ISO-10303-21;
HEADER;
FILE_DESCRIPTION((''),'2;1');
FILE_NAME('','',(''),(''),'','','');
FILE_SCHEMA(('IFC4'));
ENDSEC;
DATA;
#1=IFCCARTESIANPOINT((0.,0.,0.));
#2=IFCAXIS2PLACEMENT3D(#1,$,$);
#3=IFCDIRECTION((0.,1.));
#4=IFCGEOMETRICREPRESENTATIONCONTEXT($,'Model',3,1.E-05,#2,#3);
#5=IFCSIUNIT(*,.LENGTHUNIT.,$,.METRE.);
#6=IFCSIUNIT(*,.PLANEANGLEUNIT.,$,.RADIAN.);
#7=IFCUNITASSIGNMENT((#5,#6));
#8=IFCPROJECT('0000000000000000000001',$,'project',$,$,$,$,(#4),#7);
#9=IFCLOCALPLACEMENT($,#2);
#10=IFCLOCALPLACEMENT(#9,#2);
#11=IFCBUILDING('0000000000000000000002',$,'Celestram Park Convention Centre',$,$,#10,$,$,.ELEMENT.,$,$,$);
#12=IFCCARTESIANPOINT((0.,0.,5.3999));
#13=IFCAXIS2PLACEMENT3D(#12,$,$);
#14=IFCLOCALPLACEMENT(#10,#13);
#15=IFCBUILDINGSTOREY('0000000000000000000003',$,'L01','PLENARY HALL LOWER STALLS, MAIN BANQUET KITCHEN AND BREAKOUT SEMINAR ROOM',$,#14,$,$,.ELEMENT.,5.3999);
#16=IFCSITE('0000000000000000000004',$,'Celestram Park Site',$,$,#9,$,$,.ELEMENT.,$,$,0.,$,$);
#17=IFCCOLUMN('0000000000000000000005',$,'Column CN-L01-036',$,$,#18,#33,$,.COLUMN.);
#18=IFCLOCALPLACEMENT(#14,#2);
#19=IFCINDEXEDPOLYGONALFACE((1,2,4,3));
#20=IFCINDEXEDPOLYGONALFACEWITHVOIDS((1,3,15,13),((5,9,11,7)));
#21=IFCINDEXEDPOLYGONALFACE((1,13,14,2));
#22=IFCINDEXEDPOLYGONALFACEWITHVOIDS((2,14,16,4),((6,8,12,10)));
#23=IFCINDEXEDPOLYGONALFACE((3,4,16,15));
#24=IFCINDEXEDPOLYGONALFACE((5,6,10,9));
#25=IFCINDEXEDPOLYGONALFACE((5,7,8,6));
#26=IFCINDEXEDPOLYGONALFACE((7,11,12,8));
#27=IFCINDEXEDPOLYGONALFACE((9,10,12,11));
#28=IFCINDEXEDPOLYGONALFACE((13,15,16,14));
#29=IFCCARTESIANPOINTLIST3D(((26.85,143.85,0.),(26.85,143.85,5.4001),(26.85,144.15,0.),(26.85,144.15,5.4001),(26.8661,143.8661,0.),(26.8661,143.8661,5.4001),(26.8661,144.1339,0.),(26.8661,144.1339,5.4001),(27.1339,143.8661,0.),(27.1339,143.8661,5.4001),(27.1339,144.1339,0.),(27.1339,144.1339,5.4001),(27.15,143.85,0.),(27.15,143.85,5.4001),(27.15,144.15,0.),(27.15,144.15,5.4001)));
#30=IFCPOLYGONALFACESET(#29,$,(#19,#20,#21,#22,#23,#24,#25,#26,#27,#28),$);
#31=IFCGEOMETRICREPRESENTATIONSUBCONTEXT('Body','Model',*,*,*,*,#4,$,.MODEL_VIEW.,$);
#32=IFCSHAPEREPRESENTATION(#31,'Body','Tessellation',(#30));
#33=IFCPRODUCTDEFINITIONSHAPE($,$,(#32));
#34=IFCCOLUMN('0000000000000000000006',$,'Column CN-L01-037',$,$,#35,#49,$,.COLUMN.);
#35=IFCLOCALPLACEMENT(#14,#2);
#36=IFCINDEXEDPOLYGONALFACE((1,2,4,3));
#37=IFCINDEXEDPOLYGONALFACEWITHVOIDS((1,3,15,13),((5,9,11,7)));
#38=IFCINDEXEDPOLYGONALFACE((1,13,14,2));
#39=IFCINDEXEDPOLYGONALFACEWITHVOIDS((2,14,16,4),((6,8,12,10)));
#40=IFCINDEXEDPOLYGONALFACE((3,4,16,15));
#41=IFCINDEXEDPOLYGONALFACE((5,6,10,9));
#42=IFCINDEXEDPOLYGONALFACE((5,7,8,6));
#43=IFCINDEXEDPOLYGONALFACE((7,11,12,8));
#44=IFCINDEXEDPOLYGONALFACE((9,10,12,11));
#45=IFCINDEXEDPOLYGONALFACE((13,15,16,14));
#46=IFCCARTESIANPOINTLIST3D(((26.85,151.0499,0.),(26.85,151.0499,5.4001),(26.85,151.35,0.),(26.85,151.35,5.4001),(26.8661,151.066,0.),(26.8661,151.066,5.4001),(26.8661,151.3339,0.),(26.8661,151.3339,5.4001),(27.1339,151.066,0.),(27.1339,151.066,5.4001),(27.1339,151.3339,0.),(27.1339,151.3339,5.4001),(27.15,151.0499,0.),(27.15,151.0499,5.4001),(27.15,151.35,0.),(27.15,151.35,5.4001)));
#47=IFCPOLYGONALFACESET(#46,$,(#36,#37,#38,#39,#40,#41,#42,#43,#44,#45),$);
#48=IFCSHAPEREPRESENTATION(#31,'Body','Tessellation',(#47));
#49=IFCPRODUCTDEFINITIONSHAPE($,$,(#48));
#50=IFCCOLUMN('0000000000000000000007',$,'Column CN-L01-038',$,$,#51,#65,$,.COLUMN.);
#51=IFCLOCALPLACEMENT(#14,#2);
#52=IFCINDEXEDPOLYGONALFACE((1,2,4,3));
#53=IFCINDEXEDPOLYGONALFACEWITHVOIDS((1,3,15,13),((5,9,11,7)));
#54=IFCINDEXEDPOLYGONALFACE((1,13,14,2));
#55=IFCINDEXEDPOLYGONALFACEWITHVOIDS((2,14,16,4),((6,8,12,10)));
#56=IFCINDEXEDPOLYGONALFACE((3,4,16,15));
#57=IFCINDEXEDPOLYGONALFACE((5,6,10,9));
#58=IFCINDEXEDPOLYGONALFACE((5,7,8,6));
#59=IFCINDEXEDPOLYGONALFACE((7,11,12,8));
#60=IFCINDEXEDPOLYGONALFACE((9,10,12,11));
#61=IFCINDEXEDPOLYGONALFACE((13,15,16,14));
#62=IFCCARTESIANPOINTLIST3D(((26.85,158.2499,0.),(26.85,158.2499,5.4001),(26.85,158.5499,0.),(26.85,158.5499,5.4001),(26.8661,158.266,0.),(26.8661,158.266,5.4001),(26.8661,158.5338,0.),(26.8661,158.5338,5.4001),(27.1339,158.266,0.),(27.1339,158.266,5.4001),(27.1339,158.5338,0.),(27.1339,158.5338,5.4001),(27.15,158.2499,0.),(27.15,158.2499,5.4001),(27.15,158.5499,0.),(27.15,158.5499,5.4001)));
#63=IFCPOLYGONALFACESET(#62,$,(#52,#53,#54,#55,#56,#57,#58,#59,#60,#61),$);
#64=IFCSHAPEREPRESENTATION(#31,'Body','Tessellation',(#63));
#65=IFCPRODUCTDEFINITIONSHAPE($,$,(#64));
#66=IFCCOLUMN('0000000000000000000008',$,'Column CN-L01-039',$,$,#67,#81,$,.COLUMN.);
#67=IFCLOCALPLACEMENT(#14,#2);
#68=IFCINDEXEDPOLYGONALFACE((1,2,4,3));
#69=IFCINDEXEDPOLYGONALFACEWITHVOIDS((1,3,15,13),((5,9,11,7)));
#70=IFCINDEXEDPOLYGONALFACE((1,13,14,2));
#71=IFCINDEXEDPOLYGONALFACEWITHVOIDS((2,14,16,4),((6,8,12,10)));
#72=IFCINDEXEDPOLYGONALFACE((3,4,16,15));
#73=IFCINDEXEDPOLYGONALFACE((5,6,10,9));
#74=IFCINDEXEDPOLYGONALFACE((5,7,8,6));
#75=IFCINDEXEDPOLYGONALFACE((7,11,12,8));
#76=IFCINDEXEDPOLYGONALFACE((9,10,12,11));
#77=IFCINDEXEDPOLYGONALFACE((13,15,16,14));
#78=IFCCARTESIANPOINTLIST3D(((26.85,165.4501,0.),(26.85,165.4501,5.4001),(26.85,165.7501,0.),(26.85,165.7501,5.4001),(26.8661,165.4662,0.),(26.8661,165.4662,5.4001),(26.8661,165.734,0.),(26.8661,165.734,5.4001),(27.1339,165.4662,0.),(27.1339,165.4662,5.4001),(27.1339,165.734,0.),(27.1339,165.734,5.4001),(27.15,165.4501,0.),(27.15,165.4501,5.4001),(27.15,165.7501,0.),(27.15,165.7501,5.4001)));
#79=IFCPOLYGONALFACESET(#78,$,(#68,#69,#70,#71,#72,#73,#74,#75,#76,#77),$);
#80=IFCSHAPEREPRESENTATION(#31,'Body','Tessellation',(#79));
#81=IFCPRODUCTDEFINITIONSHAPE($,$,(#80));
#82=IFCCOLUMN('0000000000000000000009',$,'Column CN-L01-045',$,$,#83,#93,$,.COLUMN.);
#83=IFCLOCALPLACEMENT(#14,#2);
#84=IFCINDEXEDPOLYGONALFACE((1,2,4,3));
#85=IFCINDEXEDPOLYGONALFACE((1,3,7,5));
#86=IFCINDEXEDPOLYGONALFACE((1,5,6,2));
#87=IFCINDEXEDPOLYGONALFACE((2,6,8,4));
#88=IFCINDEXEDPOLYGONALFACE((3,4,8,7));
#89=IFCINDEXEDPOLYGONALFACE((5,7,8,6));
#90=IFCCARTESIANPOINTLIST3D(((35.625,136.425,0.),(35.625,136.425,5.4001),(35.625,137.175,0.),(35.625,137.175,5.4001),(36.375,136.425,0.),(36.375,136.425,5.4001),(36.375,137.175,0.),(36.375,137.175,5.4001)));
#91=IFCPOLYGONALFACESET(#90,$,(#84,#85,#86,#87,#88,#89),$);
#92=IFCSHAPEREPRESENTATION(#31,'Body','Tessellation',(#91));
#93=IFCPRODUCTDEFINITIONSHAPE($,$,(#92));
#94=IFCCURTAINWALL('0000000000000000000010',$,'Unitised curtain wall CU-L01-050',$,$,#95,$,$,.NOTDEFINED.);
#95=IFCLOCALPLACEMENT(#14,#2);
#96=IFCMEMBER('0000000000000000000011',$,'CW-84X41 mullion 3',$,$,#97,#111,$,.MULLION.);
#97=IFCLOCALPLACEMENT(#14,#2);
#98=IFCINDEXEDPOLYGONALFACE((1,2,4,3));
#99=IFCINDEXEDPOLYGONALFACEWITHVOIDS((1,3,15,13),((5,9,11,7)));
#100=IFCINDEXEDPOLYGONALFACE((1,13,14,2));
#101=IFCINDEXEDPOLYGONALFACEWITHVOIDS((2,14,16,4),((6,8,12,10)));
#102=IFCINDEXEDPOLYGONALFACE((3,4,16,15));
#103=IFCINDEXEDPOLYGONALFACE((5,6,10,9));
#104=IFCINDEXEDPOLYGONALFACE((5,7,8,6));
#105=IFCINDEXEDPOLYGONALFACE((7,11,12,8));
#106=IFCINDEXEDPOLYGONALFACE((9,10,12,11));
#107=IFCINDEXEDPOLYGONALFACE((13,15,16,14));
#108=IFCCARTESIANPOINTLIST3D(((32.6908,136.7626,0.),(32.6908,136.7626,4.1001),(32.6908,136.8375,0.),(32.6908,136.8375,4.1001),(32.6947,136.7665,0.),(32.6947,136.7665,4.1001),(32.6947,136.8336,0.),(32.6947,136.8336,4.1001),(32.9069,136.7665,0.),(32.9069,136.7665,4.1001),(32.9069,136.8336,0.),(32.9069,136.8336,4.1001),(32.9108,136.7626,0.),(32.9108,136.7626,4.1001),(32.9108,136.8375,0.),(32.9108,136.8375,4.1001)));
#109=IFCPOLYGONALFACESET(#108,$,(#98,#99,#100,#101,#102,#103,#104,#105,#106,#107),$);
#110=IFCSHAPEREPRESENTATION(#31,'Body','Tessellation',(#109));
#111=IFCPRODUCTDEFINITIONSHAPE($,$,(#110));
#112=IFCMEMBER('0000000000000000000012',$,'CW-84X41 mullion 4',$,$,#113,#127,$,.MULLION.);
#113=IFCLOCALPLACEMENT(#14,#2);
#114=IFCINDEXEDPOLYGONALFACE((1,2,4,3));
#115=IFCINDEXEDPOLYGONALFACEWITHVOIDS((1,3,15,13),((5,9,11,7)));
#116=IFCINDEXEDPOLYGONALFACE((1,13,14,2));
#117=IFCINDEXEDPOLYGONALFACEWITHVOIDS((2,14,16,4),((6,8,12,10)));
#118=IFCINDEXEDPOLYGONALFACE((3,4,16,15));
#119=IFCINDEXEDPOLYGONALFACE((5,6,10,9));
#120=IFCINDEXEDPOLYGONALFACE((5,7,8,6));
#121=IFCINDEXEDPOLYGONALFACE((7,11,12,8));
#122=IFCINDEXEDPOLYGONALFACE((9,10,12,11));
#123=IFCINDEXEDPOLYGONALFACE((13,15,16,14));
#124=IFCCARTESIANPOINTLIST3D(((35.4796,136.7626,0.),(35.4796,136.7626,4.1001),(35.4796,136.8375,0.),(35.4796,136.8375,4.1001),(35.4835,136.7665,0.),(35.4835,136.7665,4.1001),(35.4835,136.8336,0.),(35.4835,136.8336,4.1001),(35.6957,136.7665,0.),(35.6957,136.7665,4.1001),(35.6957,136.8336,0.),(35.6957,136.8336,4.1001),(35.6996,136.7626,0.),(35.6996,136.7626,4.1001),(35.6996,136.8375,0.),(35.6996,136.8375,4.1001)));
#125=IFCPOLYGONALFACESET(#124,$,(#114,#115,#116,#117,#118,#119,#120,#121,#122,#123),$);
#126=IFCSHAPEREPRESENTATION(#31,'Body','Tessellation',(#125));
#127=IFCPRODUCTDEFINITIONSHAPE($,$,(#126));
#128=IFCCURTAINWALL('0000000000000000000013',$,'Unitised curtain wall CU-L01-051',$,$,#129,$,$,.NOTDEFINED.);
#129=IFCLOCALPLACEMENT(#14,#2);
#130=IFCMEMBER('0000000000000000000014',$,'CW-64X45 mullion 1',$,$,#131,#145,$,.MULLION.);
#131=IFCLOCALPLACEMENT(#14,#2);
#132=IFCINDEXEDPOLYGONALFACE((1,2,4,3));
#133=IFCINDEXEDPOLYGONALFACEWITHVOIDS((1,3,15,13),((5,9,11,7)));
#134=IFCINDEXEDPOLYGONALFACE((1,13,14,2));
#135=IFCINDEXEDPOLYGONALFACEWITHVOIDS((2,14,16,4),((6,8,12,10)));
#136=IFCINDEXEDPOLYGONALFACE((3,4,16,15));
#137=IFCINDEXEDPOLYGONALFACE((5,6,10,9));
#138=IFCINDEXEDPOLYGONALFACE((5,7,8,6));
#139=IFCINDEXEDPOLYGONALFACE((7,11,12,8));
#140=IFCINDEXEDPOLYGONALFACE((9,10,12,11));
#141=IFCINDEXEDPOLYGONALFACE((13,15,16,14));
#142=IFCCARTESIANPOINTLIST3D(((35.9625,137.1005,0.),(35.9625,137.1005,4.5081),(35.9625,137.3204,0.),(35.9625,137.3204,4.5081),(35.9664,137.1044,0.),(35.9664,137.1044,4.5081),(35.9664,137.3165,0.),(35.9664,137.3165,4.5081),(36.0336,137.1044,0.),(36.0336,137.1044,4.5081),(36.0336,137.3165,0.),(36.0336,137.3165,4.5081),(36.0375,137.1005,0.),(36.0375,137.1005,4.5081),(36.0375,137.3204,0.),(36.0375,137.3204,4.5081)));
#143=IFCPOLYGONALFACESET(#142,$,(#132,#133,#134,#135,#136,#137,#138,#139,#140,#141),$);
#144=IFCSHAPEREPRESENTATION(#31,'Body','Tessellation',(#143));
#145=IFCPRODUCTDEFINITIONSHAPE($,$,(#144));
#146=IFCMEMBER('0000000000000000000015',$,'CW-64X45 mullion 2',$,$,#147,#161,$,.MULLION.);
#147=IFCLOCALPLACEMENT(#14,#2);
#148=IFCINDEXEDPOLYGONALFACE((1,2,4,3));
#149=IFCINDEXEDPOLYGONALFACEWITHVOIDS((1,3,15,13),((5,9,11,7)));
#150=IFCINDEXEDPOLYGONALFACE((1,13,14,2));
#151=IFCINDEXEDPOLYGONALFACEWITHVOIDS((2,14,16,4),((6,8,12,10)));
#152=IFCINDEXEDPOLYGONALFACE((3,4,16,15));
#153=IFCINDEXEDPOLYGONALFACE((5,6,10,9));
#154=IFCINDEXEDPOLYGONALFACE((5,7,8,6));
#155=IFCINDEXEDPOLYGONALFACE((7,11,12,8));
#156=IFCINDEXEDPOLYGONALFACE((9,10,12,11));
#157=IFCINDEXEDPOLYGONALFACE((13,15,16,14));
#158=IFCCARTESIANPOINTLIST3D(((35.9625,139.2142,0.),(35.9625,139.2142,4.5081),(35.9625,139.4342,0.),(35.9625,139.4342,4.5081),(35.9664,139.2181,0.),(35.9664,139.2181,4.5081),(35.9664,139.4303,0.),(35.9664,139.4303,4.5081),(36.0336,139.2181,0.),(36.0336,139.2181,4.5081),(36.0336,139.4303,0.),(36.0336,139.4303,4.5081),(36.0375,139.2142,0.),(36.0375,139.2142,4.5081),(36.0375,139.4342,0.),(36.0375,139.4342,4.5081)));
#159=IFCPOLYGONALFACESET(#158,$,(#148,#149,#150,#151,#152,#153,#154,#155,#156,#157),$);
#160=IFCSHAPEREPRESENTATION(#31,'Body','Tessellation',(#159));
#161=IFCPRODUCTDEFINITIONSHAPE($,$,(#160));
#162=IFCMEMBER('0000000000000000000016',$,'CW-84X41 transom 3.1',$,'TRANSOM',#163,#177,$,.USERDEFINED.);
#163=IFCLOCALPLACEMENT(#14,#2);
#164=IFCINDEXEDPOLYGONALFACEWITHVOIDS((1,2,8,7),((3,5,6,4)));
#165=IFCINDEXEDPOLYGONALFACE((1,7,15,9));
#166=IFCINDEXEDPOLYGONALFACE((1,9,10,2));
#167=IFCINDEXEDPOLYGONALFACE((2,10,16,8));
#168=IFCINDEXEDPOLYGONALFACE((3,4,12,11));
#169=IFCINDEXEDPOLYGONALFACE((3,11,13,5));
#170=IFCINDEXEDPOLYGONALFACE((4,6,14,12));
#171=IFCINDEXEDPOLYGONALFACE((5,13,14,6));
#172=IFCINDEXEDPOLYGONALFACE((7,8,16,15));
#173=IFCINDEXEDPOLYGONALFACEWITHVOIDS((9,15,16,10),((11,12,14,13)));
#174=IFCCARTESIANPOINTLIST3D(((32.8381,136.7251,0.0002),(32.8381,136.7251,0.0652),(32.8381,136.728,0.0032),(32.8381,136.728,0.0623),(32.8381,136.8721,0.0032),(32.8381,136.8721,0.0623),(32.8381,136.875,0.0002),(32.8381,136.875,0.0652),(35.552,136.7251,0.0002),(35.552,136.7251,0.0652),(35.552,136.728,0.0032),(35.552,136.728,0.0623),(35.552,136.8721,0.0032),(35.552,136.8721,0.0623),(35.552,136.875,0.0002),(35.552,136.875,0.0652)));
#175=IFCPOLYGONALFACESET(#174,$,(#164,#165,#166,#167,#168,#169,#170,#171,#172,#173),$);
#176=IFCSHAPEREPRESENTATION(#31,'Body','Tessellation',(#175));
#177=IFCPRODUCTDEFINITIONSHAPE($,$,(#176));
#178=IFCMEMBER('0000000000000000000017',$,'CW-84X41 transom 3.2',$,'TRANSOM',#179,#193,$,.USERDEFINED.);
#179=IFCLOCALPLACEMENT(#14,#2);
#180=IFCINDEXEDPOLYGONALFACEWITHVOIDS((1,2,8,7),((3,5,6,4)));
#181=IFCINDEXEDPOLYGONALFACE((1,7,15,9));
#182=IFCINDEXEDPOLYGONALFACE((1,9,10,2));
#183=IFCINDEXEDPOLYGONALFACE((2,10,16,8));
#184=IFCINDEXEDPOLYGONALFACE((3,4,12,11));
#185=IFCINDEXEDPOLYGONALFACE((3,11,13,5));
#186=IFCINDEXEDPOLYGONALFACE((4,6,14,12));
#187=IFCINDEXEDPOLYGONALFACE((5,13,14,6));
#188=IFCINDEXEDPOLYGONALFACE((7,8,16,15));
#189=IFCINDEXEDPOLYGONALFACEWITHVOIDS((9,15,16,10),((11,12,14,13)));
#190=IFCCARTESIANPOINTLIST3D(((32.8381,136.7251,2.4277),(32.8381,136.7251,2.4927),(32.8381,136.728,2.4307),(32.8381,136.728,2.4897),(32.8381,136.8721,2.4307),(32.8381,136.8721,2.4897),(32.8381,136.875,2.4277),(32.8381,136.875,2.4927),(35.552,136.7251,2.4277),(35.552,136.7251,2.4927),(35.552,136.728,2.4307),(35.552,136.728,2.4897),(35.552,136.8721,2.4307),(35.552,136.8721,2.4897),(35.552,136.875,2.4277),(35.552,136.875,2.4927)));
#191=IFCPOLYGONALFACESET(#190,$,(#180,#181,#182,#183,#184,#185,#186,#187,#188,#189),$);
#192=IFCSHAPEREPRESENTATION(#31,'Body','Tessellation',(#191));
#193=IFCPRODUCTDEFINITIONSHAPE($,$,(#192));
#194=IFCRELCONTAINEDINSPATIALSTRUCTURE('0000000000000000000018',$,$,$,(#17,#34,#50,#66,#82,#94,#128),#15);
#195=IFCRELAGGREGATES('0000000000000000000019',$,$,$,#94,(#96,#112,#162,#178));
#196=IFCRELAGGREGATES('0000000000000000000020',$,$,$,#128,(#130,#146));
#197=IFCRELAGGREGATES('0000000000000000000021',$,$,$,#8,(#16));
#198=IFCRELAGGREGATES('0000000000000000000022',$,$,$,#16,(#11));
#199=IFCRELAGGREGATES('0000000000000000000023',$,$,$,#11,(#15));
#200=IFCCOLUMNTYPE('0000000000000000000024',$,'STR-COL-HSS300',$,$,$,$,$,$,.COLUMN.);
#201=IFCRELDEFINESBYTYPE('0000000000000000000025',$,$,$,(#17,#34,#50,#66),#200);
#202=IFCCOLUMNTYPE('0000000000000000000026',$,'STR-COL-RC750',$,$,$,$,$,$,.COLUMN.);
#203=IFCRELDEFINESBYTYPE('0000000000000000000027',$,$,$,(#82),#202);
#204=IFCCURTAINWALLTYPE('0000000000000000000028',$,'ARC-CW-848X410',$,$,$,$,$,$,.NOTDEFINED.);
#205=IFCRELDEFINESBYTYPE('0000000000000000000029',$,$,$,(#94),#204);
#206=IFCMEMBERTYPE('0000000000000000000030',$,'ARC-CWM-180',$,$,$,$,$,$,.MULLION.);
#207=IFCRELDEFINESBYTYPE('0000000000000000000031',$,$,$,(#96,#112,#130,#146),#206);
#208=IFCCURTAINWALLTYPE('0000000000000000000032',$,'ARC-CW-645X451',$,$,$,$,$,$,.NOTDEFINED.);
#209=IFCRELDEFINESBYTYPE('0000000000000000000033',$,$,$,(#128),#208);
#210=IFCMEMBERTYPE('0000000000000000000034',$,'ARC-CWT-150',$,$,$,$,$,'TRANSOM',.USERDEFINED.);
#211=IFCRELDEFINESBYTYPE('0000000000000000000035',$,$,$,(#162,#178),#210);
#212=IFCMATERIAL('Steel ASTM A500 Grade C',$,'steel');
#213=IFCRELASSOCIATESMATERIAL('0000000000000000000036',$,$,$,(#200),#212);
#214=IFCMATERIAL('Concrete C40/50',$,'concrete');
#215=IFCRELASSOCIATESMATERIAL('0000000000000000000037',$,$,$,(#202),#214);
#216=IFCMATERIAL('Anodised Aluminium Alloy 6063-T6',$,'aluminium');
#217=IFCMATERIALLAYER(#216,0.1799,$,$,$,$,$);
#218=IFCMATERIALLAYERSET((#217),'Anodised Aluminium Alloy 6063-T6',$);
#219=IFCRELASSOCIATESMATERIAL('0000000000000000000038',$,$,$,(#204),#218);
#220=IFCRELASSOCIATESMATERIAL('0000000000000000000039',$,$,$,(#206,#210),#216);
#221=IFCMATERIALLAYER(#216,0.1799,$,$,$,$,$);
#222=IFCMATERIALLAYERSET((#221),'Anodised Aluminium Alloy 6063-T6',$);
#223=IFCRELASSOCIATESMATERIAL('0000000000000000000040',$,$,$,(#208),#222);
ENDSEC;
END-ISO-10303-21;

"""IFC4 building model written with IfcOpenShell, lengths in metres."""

from ifc_helpers import new_model, si_unit, direction, frame, origin, origin_2d, place, context, subcontext, project, spatial, rectangle, hollow_rectangle, extrude, material, layer, layer_set, material_profile, profile_set, type_object, element, aggregate, save


model = new_model("IFC4")

# Units and contexts
model_context = context("Model", 3, precision=1e-05, world=origin(), true_north=direction((0.0, 1.0)))
body_context = subcontext(model_context, "Body", "Model", "MODEL_VIEW")
ifc_project = project(units=[si_unit("LENGTHUNIT", "METRE"), si_unit("PLANEANGLEUNIT", "RADIAN")], contexts=[model_context])

# Site, building, storey
site_placement = place(None, origin())
site = spatial("IfcSite", under=ifc_project, at=site_placement, Name="Celestram Park Site", CompositionType="ELEMENT", RefElevation=0.0)
building_placement = place(site_placement, origin())
building = spatial("IfcBuilding", under=site, at=building_placement, Name="Celestram Park Convention Centre", CompositionType="ELEMENT")
storey_placement = place(building_placement, frame((0.0, 0.0, 5.3999)))
storey = spatial("IfcBuildingStorey", under=building, at=storey_placement, Name="L01", Description="PLENARY HALL LOWER STALLS, MAIN BANQUET KITCHEN AND BREAKOUT SEMINAR ROOM", CompositionType="ELEMENT", Elevation=5.3999)

# Columns
ifc_material_1 = material(Name="Steel ASTM A500 Grade C", Category="steel")
ifc_material_profile_1 = material_profile(ifc_material_1, hollow_rectangle(XDim=0.3, YDim=0.3, WallThickness=0.0161, at=origin_2d()), Name="HSS300X300X16")
ifc_profile_set_1 = profile_set([ifc_material_profile_1], Name="Steel ASTM A500 Grade C")
column_type_1 = type_object("IfcColumnType", Name="STR-COL-HSS300", PredefinedType="COLUMN", material=ifc_profile_set_1)
for number, where, z_axis, x_axis, name in (
    (1, (27.0, 144.0, 0.0), (0.0, 0.0, 1.0), (1.0, 0.0, 0.0), "Column CN-L01-036"),
    (2, (27.0, 151.2, 0.0), (0.0, 0.0, 1.0), (1.0, 0.0, 0.0), "Column CN-L01-037"),
    (3, (27.0, 158.3999, 0.0), (0.0, 0.0, 1.0), (1.0, 0.0, 0.0), "Column CN-L01-038"),
    (4, (27.0, 165.6001, 0.0), (0.0, 0.0, 1.0), (1.0, 0.0, 0.0), "Column CN-L01-039"),
):
    element("IfcColumn", number, at=place(storey_placement, frame(where, z_axis=z_axis, x_axis=x_axis)), inside=storey, type_object=column_type_1, Name=name, PredefinedType="COLUMN", context=body_context, shape_type="SweptSolid", body=[
        extrude(hollow_rectangle(XDim=0.3, YDim=0.3, WallThickness=0.0161, at=origin_2d()), origin(), (0.0, 0.0, 1.0), 5.4001),
    ])
ifc_material_2 = material(Name="Concrete C40/50", Category="concrete")
ifc_material_profile_2 = material_profile(ifc_material_2, rectangle(XDim=0.75, YDim=0.75, at=origin_2d()), Name="RC750X750")
ifc_profile_set_2 = profile_set([ifc_material_profile_2], Name="Concrete C40/50")
column_type_2 = type_object("IfcColumnType", Name="STR-COL-RC750", PredefinedType="COLUMN", material=ifc_profile_set_2)
column_placement = place(storey_placement, frame((36.0, 136.8, 0.0), z_axis=(0.0, 0.0, 1.0), x_axis=(1.0, 0.0, 0.0)))
element("IfcColumn", 5, at=column_placement, inside=storey, type_object=column_type_2, Name="Column CN-L01-045", PredefinedType="COLUMN", context=body_context, shape_type="SweptSolid", body=[
    extrude(rectangle(XDim=0.75, YDim=0.75, at=origin_2d()), origin(), (0.0, 0.0, 1.0), 5.4001),
])

# Curtain walls, members
ifc_material_3 = material(Name="Anodised Aluminium Alloy 6063-T6", Category="aluminium")
ifc_layer_1 = layer(ifc_material_3, 0.1799)
ifc_layer_set_1 = layer_set([ifc_layer_1], Name="Anodised Aluminium Alloy 6063-T6")
curtain_wall_type_1 = type_object("IfcCurtainWallType", Name="ARC-CW-848X410", PredefinedType="NOTDEFINED", material=ifc_layer_set_1)
curtain_wall_1_placement = place(storey_placement, origin())
curtain_wall_1 = element("IfcCurtainWall", 6, at=curtain_wall_1_placement, inside=storey, type_object=curtain_wall_type_1, Name="Unitised curtain wall CU-L01-050", PredefinedType="NOTDEFINED")
ifc_material_profile_3 = material_profile(ifc_material_3, hollow_rectangle(XDim=0.075, YDim=0.22, WallThickness=0.0039, at=origin_2d()), Name="ALU75X220X4")
ifc_profile_set_3 = profile_set([ifc_material_profile_3], Name="Anodised Aluminium Alloy 6063-T6")
member_type_1 = type_object("IfcMemberType", Name="ARC-CWM-180", PredefinedType="MULLION", material=ifc_profile_set_3)
member_1_placement = place(storey_placement, frame((32.8008, 136.8, 0.0), z_axis=(0.0, 0.0, 1.0), x_axis=(0.0, 1.0, 0.0)))
member_1 = element("IfcMember", 7, at=member_1_placement, type_object=member_type_1, Name="CW-84X41 mullion 3", PredefinedType="MULLION", context=body_context, shape_type="SweptSolid", body=[
    extrude(hollow_rectangle(XDim=0.075, YDim=0.22, WallThickness=0.0039, at=origin_2d()), origin(), (0.0, 0.0, 1.0), 4.1001),
])
member_2_placement = place(storey_placement, frame((35.5896, 136.8, 0.0), z_axis=(0.0, 0.0, 1.0), x_axis=(0.0, 1.0, 0.0)))
member_2 = element("IfcMember", 8, at=member_2_placement, type_object=member_type_1, Name="CW-84X41 mullion 4", PredefinedType="MULLION", context=body_context, shape_type="SweptSolid", body=[
    extrude(hollow_rectangle(XDim=0.075, YDim=0.22, WallThickness=0.0039, at=origin_2d()), origin(), (0.0, 0.0, 1.0), 4.1001),
])
ifc_layer_2 = layer(ifc_material_3, 0.1799)
ifc_layer_set_2 = layer_set([ifc_layer_2], Name="Anodised Aluminium Alloy 6063-T6")
curtain_wall_type_2 = type_object("IfcCurtainWallType", Name="ARC-CW-645X451", PredefinedType="NOTDEFINED", material=ifc_layer_set_2)
curtain_wall_2_placement = place(storey_placement, origin())
curtain_wall_2 = element("IfcCurtainWall", 9, at=curtain_wall_2_placement, inside=storey, type_object=curtain_wall_type_2, Name="Unitised curtain wall CU-L01-051", PredefinedType="NOTDEFINED")
member_3_placement = place(storey_placement, frame((36.0, 137.2104, 0.0), z_axis=(0.0, 0.0, 1.0), x_axis=(-1.0, 0.0, 0.0)))
member_3 = element("IfcMember", 10, at=member_3_placement, type_object=member_type_1, Name="CW-64X45 mullion 1", PredefinedType="MULLION", context=body_context, shape_type="SweptSolid", body=[
    extrude(hollow_rectangle(XDim=0.075, YDim=0.22, WallThickness=0.0039, at=origin_2d()), origin(), (0.0, 0.0, 1.0), 4.5081),
])
member_4_placement = place(storey_placement, frame((36.0, 139.3242, 0.0), z_axis=(0.0, 0.0, 1.0), x_axis=(-1.0, 0.0, 0.0)))
member_4 = element("IfcMember", 11, at=member_4_placement, type_object=member_type_1, Name="CW-64X45 mullion 2", PredefinedType="MULLION", context=body_context, shape_type="SweptSolid", body=[
    extrude(hollow_rectangle(XDim=0.075, YDim=0.22, WallThickness=0.0039, at=origin_2d()), origin(), (0.0, 0.0, 1.0), 4.5081),
])

# Members
ifc_material_profile_4 = material_profile(ifc_material_3, hollow_rectangle(XDim=0.1499, YDim=0.0649, WallThickness=0.0029, at=origin_2d()), Name="ALU150X65X3")
ifc_profile_set_4 = profile_set([ifc_material_profile_4], Name="Anodised Aluminium Alloy 6063-T6")
member_type_2 = type_object("IfcMemberType", Name="ARC-CWT-150", ElementType="TRANSOM", PredefinedType="USERDEFINED", material=ifc_profile_set_4)
member_5_placement = place(storey_placement, frame((32.8381, 136.8, 0.0327), z_axis=(1.0, 0.0, 0.0), x_axis=(0.0, 1.0, 0.0)))
member_5 = element("IfcMember", 12, at=member_5_placement, type_object=member_type_2, Name="CW-84X41 transom 3.1", ObjectType="TRANSOM", PredefinedType="USERDEFINED", context=body_context, shape_type="SweptSolid", body=[
    extrude(hollow_rectangle(XDim=0.1499, YDim=0.0649, WallThickness=0.0029, at=origin_2d()), origin(), (0.0, 0.0, 1.0), 2.7139),
])
member_6_placement = place(storey_placement, frame((32.8381, 136.8, 2.4602), z_axis=(1.0, 0.0, 0.0), x_axis=(0.0, 1.0, 0.0)))
member_6 = element("IfcMember", 13, at=member_6_placement, type_object=member_type_2, Name="CW-84X41 transom 3.2", ObjectType="TRANSOM", PredefinedType="USERDEFINED", context=body_context, shape_type="SweptSolid", body=[
    extrude(hollow_rectangle(XDim=0.1499, YDim=0.0649, WallThickness=0.0029, at=origin_2d()), origin(), (0.0, 0.0, 1.0), 2.7139),
])

aggregate(curtain_wall_1, [member_1, member_2, member_5, member_6])
aggregate(curtain_wall_2, [member_3, member_4])

save(model, "model.ifc")
